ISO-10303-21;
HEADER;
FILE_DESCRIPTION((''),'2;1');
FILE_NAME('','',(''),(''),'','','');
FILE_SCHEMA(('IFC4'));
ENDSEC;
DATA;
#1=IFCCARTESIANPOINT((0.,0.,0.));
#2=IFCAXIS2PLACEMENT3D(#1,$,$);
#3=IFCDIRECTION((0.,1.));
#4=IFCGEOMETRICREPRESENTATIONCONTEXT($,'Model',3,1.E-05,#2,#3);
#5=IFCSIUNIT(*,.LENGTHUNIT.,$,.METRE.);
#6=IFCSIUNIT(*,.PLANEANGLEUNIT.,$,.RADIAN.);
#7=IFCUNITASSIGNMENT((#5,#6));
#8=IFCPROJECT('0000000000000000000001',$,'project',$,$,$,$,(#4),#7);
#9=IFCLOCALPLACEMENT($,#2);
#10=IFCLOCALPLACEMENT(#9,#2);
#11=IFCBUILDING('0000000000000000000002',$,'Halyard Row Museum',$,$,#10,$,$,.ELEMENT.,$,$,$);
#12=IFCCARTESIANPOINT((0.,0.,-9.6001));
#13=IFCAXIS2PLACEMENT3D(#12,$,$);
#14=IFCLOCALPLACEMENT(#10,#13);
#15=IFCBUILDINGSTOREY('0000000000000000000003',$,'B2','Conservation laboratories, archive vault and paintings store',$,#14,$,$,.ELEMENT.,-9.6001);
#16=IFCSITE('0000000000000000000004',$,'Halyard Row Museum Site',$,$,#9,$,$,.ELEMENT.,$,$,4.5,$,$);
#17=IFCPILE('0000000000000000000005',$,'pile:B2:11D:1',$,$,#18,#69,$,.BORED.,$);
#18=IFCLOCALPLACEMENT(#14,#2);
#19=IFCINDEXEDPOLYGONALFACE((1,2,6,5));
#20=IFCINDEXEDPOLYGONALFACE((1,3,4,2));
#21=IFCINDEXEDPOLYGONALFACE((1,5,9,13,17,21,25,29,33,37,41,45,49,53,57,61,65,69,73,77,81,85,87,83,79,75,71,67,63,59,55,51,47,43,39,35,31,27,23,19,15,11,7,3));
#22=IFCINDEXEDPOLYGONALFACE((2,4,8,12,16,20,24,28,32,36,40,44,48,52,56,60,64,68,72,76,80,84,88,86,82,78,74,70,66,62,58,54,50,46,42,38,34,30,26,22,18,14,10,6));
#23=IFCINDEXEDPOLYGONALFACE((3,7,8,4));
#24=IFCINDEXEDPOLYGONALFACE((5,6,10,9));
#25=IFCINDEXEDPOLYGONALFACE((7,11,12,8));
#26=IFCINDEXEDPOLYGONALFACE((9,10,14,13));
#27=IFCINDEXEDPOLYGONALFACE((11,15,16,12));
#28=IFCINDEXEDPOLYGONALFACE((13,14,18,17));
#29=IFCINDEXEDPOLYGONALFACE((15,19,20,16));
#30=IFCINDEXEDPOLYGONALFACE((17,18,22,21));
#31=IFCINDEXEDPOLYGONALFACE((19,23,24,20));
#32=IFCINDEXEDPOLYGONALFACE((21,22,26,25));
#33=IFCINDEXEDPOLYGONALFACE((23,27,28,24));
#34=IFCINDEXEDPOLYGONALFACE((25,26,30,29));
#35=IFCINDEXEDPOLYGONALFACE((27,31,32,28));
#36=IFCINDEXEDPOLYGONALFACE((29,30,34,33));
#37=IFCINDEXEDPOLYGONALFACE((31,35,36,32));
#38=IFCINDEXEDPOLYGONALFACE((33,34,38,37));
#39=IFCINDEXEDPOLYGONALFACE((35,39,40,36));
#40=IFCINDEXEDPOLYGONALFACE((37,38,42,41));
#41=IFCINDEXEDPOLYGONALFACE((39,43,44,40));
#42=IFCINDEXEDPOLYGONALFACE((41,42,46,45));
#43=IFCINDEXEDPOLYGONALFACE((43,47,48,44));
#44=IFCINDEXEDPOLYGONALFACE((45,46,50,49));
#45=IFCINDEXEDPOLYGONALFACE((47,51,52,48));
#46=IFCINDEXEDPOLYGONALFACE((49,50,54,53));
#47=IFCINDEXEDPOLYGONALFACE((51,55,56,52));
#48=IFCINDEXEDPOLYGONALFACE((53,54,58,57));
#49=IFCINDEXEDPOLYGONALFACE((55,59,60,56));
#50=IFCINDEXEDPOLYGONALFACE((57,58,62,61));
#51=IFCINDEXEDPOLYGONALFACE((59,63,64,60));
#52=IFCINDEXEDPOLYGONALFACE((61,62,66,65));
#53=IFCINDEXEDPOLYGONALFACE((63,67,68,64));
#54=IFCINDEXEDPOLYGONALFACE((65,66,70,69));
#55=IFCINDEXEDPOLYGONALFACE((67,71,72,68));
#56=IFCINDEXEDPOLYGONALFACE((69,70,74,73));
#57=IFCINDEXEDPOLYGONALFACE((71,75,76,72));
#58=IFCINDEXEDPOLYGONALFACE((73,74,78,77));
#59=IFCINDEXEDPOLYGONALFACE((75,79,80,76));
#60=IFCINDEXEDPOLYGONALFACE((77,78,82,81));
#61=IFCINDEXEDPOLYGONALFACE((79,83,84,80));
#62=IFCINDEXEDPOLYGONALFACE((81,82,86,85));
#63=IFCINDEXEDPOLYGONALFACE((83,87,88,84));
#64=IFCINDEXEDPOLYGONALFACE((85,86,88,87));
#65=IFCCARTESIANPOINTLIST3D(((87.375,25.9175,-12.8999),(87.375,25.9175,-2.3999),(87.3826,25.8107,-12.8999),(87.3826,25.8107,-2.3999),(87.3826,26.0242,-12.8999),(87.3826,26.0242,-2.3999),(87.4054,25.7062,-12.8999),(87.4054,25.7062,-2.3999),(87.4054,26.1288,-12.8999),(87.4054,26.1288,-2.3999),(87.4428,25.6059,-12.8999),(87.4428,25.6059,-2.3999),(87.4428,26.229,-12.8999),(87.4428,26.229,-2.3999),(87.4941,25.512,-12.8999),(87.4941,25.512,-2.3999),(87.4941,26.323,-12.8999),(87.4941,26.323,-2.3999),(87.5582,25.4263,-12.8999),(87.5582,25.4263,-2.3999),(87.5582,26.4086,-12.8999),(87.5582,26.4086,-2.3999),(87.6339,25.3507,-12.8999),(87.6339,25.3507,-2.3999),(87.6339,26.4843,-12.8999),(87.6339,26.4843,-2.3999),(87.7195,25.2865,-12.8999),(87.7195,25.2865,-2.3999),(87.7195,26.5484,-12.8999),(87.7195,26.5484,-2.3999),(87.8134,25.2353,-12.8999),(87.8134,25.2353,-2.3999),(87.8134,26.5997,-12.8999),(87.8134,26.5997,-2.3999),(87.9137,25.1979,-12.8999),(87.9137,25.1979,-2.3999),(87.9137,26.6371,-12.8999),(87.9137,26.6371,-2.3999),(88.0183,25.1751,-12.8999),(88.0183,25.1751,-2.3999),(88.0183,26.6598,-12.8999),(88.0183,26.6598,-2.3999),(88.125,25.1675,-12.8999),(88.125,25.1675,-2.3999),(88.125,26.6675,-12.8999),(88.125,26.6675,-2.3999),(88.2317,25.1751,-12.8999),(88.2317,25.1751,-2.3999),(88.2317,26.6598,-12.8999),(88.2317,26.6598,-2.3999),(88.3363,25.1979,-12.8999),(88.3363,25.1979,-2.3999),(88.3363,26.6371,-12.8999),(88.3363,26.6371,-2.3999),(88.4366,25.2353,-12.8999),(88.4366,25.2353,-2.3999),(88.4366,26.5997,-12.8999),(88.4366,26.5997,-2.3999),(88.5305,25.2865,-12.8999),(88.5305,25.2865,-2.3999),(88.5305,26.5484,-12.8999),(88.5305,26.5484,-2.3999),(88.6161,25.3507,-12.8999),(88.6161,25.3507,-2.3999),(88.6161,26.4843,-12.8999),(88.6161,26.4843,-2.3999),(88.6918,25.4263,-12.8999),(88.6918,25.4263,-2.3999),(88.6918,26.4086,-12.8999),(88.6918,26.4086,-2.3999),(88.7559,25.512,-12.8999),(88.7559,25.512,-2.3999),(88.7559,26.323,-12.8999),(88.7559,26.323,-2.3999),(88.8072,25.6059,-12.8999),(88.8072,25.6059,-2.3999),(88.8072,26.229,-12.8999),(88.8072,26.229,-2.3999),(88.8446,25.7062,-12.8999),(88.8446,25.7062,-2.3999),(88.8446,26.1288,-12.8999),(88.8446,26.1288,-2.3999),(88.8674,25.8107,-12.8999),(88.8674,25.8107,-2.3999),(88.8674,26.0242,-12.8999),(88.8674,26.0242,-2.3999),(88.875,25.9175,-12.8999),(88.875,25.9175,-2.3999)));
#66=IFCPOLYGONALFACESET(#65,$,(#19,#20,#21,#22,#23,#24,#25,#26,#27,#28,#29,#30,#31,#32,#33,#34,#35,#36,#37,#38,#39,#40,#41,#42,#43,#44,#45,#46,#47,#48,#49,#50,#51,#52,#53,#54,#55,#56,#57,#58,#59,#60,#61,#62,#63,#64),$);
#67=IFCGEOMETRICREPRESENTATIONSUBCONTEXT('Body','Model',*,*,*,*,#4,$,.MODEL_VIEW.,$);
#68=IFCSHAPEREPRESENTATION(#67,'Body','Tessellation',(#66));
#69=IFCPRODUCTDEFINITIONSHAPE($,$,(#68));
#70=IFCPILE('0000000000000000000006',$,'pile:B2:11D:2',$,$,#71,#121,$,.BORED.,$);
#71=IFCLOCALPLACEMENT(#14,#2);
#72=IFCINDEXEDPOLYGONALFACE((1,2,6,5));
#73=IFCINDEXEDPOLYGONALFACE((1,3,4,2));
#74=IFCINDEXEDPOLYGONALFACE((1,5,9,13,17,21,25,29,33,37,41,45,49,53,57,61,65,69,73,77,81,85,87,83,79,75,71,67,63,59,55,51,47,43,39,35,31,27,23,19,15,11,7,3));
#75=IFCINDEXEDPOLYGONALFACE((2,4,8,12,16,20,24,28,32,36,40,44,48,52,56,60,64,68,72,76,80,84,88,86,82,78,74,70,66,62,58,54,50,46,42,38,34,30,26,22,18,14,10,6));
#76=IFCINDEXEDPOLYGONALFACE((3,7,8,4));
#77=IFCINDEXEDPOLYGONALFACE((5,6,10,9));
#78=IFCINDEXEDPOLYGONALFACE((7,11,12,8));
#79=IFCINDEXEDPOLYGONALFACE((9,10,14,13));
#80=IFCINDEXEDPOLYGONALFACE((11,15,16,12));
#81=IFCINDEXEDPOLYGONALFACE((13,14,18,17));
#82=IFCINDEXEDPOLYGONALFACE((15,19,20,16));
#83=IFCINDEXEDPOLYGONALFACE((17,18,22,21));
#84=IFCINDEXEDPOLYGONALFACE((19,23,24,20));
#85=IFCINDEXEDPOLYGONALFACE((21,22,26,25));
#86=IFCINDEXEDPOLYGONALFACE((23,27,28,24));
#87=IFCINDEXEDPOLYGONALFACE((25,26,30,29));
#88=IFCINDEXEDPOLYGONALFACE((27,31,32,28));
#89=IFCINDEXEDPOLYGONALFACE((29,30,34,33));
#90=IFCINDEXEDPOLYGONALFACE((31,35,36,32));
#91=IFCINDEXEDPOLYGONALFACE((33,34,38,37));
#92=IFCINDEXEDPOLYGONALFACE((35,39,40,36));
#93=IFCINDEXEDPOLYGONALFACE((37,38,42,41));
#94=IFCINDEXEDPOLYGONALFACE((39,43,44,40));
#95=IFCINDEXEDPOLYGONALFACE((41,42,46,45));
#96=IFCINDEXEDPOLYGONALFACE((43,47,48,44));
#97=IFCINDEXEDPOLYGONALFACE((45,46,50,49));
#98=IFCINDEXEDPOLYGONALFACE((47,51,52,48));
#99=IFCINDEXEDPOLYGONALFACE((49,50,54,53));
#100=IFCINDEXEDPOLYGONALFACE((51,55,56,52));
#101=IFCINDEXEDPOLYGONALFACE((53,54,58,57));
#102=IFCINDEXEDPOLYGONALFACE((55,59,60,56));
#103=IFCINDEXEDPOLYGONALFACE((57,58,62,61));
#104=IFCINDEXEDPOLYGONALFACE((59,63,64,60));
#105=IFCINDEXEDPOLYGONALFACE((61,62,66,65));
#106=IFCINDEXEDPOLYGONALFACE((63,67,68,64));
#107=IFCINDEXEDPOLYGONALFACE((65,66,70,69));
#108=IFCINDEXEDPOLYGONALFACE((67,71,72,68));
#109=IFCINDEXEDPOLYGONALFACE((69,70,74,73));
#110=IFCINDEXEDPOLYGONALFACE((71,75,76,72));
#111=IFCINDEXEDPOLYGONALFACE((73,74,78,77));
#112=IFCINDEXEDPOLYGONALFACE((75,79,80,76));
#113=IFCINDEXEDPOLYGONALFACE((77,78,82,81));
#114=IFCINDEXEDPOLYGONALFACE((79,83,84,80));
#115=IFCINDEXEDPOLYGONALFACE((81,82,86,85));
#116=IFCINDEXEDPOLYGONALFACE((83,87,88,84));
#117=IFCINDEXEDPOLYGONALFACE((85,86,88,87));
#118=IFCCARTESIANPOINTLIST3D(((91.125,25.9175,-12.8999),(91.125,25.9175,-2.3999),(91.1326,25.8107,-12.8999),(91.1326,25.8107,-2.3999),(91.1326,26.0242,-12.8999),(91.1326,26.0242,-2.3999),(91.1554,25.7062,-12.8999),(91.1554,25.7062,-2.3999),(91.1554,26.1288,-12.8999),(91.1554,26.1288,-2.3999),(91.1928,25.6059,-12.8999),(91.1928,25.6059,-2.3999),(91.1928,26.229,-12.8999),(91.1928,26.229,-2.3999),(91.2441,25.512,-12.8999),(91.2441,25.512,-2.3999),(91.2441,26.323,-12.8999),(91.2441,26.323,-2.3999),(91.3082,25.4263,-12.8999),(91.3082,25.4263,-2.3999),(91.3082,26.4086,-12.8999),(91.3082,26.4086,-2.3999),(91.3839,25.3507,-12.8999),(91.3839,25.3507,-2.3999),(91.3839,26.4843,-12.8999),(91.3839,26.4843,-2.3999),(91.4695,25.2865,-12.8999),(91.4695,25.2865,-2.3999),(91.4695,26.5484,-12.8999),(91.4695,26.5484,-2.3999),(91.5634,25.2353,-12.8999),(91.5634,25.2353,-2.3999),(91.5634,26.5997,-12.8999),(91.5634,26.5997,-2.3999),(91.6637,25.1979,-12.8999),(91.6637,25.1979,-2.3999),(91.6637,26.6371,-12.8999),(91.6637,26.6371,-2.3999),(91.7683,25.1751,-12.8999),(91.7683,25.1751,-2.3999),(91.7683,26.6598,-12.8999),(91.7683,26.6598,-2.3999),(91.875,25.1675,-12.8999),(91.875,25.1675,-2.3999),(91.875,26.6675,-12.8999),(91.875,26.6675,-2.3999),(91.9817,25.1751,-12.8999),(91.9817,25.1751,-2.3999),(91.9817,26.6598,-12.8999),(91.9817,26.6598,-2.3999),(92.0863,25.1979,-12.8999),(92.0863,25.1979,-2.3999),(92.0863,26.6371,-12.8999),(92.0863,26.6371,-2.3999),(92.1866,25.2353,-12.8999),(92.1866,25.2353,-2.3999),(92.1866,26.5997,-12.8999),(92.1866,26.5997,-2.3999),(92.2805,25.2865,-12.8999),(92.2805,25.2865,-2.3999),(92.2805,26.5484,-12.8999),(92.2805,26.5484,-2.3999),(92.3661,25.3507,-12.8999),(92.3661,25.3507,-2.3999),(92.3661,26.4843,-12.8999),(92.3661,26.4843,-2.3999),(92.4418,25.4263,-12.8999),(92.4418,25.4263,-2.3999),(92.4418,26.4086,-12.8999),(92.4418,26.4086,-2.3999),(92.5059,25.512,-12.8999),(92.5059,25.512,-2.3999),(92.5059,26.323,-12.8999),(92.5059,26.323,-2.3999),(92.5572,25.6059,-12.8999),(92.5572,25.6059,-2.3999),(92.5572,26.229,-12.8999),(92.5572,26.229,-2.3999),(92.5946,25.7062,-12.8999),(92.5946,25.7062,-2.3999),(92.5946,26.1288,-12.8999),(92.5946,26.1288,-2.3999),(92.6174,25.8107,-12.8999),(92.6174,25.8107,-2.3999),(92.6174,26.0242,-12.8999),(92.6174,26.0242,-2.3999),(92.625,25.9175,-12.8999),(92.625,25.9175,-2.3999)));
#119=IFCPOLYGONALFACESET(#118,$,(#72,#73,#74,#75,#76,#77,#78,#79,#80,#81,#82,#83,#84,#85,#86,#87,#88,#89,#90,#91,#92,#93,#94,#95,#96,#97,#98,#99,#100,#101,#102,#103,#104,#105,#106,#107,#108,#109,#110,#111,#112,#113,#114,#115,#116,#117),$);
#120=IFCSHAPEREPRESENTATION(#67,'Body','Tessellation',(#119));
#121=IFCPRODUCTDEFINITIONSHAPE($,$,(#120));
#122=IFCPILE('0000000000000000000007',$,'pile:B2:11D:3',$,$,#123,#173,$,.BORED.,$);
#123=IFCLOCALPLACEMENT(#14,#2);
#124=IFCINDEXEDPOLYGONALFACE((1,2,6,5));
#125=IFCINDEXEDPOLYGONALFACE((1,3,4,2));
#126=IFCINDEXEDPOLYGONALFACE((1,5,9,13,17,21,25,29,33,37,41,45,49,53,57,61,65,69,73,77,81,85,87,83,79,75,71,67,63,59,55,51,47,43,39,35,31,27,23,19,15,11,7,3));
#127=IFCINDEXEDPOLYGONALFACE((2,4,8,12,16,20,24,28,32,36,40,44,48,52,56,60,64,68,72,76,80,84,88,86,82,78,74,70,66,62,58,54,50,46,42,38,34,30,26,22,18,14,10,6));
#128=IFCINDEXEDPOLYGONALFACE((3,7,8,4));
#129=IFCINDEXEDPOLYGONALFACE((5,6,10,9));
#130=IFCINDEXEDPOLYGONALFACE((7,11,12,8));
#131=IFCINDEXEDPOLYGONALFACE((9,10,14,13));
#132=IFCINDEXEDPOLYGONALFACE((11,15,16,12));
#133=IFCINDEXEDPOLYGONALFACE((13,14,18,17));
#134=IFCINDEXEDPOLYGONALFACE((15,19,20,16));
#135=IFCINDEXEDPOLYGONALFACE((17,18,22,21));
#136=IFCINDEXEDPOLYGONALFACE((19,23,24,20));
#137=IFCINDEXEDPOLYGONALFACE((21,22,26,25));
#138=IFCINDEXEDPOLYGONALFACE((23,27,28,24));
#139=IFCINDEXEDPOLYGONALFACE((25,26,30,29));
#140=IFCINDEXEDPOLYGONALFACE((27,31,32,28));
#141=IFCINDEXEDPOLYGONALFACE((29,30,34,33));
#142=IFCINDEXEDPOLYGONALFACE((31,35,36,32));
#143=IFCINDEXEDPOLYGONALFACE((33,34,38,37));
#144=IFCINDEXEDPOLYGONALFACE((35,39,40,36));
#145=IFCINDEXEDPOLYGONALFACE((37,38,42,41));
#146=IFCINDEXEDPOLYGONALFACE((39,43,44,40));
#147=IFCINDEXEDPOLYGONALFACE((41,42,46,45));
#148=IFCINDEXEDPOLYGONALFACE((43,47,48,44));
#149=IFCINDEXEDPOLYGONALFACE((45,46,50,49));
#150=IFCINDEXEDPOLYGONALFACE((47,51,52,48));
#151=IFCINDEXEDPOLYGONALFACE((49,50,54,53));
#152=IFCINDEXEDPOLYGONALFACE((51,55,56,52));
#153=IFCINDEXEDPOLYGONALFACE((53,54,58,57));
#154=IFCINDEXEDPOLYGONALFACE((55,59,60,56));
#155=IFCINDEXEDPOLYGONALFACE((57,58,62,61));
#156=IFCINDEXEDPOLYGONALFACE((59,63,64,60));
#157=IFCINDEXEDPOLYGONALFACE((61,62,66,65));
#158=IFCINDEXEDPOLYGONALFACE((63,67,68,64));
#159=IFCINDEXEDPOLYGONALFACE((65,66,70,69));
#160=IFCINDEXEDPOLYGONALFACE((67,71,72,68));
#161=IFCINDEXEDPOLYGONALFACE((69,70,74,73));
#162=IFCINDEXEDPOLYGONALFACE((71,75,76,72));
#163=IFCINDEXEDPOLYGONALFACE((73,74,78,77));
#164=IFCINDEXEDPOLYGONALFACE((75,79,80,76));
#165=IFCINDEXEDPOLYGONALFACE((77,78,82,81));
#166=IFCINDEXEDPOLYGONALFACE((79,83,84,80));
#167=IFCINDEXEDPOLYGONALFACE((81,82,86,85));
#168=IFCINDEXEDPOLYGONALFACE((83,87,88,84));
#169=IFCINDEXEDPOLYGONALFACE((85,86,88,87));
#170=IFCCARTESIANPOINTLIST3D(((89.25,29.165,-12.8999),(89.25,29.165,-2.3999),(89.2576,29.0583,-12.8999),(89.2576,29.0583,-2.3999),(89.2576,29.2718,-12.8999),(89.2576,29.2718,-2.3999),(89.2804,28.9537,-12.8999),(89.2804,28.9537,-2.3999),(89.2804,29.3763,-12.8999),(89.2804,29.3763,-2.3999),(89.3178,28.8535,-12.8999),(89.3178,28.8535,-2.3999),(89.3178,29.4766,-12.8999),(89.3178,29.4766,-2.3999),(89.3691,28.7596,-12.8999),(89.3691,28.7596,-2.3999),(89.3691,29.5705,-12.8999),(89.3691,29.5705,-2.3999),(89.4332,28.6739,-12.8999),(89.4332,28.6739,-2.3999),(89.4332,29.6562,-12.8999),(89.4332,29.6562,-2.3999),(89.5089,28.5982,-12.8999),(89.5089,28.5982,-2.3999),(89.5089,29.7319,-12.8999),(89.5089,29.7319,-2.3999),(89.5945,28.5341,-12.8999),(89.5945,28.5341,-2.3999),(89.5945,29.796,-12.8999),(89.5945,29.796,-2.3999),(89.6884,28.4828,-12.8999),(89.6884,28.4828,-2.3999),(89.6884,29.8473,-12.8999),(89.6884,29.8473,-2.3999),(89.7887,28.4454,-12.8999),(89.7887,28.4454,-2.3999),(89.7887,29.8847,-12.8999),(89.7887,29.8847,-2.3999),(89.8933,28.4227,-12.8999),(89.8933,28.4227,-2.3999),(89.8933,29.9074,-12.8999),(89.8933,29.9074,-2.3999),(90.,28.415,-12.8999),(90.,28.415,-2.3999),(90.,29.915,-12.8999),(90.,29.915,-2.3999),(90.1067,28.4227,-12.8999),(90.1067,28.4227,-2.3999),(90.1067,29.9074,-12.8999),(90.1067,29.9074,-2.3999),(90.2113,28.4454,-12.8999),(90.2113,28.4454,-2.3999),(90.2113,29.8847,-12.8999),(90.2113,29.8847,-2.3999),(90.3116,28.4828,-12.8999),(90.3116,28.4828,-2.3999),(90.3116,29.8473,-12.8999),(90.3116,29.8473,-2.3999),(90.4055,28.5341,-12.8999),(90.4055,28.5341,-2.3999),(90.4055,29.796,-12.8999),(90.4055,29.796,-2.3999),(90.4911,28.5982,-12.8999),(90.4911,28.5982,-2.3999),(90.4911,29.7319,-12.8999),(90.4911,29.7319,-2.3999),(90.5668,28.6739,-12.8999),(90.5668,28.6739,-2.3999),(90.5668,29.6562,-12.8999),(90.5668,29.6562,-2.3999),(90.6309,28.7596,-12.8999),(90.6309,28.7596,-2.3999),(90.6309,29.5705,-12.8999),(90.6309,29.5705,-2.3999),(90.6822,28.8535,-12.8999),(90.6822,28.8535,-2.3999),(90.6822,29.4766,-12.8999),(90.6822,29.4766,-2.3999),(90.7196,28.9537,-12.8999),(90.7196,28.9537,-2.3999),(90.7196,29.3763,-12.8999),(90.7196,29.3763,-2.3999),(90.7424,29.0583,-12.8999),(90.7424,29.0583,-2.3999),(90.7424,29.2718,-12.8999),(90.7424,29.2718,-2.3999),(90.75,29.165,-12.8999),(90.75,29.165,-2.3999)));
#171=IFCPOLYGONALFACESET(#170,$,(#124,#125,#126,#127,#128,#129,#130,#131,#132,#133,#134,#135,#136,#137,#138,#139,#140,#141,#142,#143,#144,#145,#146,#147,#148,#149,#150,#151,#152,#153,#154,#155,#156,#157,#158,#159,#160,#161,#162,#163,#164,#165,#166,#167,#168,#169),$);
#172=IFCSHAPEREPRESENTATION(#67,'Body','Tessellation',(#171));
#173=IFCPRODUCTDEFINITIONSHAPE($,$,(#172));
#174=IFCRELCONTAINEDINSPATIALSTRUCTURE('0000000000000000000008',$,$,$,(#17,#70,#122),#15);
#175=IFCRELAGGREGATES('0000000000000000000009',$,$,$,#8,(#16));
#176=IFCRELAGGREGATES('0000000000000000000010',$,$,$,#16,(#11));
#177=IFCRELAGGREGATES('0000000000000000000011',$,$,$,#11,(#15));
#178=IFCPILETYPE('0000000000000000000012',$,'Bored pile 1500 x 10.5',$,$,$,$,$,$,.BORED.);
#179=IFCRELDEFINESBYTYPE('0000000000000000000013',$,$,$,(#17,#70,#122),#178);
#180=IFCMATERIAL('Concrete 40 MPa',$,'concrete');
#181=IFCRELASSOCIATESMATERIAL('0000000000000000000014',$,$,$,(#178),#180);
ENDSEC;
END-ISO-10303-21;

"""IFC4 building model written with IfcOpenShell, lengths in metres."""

from ifc_helpers import new_model, si_unit, direction, frame, origin, origin_2d, place, context, subcontext, project, spatial, circle, extrude, material, material_profile, profile_set, type_object, element, save


model = new_model("IFC4")

# Units and contexts
model_context = context("Model", 3, precision=1e-05, world=origin(), true_north=direction((0.0, 1.0)))
body_context = subcontext(model_context, "Body", "Model", "MODEL_VIEW")
ifc_project = project(units=[si_unit("LENGTHUNIT", "METRE"), si_unit("PLANEANGLEUNIT", "RADIAN")], contexts=[model_context])

# Site, building, storey
site_placement = place(None, origin())
site = spatial("IfcSite", under=ifc_project, at=site_placement, Name="Halyard Row Museum Site", CompositionType="ELEMENT", RefElevation=4.5)
building_placement = place(site_placement, origin())
building = spatial("IfcBuilding", under=site, at=building_placement, Name="Halyard Row Museum", CompositionType="ELEMENT")
storey_placement = place(building_placement, frame((0.0, 0.0, -9.6001)))
storey = spatial("IfcBuildingStorey", under=building, at=storey_placement, Name="B2", Description="Conservation laboratories, archive vault and paintings store", CompositionType="ELEMENT", Elevation=-9.6001)

# Piles
ifc_material_1 = material(Name="Concrete 40 MPa", Category="concrete")
ifc_material_profile_1 = material_profile(ifc_material_1, circle(Radius=0.75, at=origin_2d()), Name="Bored pile 1500 x 10.5")
ifc_profile_set_1 = profile_set([ifc_material_profile_1], Name="Concrete 40 MPa")
pile_type_1 = type_object("IfcPileType", Name="Bored pile 1500 x 10.5", PredefinedType="BORED", material=ifc_profile_set_1)
for number, where, z_axis, x_axis, name in (
    (1, (88.125, 25.9175, -2.3999), (0.0, 0.0, -1.0), (1.0, 0.0, 0.0), "pile:B2:11D:1"),
    (2, (91.875, 25.9175, -2.3999), (0.0, 0.0, -1.0), (1.0, 0.0, 0.0), "pile:B2:11D:2"),
    (3, (90.0, 29.165, -2.3999), (0.0, 0.0, -1.0), (1.0, 0.0, 0.0), "pile:B2:11D:3"),
):
    element("IfcPile", number, at=place(storey_placement, frame(where, z_axis=z_axis, x_axis=x_axis)), inside=storey, type_object=pile_type_1, Name=name, PredefinedType="BORED", context=body_context, shape_type="SweptSolid", body=[
        extrude(circle(Radius=0.75, at=origin_2d()), origin(), (0.0, 0.0, 1.0), 10.5),
    ])

save(model, "model.ifc")
